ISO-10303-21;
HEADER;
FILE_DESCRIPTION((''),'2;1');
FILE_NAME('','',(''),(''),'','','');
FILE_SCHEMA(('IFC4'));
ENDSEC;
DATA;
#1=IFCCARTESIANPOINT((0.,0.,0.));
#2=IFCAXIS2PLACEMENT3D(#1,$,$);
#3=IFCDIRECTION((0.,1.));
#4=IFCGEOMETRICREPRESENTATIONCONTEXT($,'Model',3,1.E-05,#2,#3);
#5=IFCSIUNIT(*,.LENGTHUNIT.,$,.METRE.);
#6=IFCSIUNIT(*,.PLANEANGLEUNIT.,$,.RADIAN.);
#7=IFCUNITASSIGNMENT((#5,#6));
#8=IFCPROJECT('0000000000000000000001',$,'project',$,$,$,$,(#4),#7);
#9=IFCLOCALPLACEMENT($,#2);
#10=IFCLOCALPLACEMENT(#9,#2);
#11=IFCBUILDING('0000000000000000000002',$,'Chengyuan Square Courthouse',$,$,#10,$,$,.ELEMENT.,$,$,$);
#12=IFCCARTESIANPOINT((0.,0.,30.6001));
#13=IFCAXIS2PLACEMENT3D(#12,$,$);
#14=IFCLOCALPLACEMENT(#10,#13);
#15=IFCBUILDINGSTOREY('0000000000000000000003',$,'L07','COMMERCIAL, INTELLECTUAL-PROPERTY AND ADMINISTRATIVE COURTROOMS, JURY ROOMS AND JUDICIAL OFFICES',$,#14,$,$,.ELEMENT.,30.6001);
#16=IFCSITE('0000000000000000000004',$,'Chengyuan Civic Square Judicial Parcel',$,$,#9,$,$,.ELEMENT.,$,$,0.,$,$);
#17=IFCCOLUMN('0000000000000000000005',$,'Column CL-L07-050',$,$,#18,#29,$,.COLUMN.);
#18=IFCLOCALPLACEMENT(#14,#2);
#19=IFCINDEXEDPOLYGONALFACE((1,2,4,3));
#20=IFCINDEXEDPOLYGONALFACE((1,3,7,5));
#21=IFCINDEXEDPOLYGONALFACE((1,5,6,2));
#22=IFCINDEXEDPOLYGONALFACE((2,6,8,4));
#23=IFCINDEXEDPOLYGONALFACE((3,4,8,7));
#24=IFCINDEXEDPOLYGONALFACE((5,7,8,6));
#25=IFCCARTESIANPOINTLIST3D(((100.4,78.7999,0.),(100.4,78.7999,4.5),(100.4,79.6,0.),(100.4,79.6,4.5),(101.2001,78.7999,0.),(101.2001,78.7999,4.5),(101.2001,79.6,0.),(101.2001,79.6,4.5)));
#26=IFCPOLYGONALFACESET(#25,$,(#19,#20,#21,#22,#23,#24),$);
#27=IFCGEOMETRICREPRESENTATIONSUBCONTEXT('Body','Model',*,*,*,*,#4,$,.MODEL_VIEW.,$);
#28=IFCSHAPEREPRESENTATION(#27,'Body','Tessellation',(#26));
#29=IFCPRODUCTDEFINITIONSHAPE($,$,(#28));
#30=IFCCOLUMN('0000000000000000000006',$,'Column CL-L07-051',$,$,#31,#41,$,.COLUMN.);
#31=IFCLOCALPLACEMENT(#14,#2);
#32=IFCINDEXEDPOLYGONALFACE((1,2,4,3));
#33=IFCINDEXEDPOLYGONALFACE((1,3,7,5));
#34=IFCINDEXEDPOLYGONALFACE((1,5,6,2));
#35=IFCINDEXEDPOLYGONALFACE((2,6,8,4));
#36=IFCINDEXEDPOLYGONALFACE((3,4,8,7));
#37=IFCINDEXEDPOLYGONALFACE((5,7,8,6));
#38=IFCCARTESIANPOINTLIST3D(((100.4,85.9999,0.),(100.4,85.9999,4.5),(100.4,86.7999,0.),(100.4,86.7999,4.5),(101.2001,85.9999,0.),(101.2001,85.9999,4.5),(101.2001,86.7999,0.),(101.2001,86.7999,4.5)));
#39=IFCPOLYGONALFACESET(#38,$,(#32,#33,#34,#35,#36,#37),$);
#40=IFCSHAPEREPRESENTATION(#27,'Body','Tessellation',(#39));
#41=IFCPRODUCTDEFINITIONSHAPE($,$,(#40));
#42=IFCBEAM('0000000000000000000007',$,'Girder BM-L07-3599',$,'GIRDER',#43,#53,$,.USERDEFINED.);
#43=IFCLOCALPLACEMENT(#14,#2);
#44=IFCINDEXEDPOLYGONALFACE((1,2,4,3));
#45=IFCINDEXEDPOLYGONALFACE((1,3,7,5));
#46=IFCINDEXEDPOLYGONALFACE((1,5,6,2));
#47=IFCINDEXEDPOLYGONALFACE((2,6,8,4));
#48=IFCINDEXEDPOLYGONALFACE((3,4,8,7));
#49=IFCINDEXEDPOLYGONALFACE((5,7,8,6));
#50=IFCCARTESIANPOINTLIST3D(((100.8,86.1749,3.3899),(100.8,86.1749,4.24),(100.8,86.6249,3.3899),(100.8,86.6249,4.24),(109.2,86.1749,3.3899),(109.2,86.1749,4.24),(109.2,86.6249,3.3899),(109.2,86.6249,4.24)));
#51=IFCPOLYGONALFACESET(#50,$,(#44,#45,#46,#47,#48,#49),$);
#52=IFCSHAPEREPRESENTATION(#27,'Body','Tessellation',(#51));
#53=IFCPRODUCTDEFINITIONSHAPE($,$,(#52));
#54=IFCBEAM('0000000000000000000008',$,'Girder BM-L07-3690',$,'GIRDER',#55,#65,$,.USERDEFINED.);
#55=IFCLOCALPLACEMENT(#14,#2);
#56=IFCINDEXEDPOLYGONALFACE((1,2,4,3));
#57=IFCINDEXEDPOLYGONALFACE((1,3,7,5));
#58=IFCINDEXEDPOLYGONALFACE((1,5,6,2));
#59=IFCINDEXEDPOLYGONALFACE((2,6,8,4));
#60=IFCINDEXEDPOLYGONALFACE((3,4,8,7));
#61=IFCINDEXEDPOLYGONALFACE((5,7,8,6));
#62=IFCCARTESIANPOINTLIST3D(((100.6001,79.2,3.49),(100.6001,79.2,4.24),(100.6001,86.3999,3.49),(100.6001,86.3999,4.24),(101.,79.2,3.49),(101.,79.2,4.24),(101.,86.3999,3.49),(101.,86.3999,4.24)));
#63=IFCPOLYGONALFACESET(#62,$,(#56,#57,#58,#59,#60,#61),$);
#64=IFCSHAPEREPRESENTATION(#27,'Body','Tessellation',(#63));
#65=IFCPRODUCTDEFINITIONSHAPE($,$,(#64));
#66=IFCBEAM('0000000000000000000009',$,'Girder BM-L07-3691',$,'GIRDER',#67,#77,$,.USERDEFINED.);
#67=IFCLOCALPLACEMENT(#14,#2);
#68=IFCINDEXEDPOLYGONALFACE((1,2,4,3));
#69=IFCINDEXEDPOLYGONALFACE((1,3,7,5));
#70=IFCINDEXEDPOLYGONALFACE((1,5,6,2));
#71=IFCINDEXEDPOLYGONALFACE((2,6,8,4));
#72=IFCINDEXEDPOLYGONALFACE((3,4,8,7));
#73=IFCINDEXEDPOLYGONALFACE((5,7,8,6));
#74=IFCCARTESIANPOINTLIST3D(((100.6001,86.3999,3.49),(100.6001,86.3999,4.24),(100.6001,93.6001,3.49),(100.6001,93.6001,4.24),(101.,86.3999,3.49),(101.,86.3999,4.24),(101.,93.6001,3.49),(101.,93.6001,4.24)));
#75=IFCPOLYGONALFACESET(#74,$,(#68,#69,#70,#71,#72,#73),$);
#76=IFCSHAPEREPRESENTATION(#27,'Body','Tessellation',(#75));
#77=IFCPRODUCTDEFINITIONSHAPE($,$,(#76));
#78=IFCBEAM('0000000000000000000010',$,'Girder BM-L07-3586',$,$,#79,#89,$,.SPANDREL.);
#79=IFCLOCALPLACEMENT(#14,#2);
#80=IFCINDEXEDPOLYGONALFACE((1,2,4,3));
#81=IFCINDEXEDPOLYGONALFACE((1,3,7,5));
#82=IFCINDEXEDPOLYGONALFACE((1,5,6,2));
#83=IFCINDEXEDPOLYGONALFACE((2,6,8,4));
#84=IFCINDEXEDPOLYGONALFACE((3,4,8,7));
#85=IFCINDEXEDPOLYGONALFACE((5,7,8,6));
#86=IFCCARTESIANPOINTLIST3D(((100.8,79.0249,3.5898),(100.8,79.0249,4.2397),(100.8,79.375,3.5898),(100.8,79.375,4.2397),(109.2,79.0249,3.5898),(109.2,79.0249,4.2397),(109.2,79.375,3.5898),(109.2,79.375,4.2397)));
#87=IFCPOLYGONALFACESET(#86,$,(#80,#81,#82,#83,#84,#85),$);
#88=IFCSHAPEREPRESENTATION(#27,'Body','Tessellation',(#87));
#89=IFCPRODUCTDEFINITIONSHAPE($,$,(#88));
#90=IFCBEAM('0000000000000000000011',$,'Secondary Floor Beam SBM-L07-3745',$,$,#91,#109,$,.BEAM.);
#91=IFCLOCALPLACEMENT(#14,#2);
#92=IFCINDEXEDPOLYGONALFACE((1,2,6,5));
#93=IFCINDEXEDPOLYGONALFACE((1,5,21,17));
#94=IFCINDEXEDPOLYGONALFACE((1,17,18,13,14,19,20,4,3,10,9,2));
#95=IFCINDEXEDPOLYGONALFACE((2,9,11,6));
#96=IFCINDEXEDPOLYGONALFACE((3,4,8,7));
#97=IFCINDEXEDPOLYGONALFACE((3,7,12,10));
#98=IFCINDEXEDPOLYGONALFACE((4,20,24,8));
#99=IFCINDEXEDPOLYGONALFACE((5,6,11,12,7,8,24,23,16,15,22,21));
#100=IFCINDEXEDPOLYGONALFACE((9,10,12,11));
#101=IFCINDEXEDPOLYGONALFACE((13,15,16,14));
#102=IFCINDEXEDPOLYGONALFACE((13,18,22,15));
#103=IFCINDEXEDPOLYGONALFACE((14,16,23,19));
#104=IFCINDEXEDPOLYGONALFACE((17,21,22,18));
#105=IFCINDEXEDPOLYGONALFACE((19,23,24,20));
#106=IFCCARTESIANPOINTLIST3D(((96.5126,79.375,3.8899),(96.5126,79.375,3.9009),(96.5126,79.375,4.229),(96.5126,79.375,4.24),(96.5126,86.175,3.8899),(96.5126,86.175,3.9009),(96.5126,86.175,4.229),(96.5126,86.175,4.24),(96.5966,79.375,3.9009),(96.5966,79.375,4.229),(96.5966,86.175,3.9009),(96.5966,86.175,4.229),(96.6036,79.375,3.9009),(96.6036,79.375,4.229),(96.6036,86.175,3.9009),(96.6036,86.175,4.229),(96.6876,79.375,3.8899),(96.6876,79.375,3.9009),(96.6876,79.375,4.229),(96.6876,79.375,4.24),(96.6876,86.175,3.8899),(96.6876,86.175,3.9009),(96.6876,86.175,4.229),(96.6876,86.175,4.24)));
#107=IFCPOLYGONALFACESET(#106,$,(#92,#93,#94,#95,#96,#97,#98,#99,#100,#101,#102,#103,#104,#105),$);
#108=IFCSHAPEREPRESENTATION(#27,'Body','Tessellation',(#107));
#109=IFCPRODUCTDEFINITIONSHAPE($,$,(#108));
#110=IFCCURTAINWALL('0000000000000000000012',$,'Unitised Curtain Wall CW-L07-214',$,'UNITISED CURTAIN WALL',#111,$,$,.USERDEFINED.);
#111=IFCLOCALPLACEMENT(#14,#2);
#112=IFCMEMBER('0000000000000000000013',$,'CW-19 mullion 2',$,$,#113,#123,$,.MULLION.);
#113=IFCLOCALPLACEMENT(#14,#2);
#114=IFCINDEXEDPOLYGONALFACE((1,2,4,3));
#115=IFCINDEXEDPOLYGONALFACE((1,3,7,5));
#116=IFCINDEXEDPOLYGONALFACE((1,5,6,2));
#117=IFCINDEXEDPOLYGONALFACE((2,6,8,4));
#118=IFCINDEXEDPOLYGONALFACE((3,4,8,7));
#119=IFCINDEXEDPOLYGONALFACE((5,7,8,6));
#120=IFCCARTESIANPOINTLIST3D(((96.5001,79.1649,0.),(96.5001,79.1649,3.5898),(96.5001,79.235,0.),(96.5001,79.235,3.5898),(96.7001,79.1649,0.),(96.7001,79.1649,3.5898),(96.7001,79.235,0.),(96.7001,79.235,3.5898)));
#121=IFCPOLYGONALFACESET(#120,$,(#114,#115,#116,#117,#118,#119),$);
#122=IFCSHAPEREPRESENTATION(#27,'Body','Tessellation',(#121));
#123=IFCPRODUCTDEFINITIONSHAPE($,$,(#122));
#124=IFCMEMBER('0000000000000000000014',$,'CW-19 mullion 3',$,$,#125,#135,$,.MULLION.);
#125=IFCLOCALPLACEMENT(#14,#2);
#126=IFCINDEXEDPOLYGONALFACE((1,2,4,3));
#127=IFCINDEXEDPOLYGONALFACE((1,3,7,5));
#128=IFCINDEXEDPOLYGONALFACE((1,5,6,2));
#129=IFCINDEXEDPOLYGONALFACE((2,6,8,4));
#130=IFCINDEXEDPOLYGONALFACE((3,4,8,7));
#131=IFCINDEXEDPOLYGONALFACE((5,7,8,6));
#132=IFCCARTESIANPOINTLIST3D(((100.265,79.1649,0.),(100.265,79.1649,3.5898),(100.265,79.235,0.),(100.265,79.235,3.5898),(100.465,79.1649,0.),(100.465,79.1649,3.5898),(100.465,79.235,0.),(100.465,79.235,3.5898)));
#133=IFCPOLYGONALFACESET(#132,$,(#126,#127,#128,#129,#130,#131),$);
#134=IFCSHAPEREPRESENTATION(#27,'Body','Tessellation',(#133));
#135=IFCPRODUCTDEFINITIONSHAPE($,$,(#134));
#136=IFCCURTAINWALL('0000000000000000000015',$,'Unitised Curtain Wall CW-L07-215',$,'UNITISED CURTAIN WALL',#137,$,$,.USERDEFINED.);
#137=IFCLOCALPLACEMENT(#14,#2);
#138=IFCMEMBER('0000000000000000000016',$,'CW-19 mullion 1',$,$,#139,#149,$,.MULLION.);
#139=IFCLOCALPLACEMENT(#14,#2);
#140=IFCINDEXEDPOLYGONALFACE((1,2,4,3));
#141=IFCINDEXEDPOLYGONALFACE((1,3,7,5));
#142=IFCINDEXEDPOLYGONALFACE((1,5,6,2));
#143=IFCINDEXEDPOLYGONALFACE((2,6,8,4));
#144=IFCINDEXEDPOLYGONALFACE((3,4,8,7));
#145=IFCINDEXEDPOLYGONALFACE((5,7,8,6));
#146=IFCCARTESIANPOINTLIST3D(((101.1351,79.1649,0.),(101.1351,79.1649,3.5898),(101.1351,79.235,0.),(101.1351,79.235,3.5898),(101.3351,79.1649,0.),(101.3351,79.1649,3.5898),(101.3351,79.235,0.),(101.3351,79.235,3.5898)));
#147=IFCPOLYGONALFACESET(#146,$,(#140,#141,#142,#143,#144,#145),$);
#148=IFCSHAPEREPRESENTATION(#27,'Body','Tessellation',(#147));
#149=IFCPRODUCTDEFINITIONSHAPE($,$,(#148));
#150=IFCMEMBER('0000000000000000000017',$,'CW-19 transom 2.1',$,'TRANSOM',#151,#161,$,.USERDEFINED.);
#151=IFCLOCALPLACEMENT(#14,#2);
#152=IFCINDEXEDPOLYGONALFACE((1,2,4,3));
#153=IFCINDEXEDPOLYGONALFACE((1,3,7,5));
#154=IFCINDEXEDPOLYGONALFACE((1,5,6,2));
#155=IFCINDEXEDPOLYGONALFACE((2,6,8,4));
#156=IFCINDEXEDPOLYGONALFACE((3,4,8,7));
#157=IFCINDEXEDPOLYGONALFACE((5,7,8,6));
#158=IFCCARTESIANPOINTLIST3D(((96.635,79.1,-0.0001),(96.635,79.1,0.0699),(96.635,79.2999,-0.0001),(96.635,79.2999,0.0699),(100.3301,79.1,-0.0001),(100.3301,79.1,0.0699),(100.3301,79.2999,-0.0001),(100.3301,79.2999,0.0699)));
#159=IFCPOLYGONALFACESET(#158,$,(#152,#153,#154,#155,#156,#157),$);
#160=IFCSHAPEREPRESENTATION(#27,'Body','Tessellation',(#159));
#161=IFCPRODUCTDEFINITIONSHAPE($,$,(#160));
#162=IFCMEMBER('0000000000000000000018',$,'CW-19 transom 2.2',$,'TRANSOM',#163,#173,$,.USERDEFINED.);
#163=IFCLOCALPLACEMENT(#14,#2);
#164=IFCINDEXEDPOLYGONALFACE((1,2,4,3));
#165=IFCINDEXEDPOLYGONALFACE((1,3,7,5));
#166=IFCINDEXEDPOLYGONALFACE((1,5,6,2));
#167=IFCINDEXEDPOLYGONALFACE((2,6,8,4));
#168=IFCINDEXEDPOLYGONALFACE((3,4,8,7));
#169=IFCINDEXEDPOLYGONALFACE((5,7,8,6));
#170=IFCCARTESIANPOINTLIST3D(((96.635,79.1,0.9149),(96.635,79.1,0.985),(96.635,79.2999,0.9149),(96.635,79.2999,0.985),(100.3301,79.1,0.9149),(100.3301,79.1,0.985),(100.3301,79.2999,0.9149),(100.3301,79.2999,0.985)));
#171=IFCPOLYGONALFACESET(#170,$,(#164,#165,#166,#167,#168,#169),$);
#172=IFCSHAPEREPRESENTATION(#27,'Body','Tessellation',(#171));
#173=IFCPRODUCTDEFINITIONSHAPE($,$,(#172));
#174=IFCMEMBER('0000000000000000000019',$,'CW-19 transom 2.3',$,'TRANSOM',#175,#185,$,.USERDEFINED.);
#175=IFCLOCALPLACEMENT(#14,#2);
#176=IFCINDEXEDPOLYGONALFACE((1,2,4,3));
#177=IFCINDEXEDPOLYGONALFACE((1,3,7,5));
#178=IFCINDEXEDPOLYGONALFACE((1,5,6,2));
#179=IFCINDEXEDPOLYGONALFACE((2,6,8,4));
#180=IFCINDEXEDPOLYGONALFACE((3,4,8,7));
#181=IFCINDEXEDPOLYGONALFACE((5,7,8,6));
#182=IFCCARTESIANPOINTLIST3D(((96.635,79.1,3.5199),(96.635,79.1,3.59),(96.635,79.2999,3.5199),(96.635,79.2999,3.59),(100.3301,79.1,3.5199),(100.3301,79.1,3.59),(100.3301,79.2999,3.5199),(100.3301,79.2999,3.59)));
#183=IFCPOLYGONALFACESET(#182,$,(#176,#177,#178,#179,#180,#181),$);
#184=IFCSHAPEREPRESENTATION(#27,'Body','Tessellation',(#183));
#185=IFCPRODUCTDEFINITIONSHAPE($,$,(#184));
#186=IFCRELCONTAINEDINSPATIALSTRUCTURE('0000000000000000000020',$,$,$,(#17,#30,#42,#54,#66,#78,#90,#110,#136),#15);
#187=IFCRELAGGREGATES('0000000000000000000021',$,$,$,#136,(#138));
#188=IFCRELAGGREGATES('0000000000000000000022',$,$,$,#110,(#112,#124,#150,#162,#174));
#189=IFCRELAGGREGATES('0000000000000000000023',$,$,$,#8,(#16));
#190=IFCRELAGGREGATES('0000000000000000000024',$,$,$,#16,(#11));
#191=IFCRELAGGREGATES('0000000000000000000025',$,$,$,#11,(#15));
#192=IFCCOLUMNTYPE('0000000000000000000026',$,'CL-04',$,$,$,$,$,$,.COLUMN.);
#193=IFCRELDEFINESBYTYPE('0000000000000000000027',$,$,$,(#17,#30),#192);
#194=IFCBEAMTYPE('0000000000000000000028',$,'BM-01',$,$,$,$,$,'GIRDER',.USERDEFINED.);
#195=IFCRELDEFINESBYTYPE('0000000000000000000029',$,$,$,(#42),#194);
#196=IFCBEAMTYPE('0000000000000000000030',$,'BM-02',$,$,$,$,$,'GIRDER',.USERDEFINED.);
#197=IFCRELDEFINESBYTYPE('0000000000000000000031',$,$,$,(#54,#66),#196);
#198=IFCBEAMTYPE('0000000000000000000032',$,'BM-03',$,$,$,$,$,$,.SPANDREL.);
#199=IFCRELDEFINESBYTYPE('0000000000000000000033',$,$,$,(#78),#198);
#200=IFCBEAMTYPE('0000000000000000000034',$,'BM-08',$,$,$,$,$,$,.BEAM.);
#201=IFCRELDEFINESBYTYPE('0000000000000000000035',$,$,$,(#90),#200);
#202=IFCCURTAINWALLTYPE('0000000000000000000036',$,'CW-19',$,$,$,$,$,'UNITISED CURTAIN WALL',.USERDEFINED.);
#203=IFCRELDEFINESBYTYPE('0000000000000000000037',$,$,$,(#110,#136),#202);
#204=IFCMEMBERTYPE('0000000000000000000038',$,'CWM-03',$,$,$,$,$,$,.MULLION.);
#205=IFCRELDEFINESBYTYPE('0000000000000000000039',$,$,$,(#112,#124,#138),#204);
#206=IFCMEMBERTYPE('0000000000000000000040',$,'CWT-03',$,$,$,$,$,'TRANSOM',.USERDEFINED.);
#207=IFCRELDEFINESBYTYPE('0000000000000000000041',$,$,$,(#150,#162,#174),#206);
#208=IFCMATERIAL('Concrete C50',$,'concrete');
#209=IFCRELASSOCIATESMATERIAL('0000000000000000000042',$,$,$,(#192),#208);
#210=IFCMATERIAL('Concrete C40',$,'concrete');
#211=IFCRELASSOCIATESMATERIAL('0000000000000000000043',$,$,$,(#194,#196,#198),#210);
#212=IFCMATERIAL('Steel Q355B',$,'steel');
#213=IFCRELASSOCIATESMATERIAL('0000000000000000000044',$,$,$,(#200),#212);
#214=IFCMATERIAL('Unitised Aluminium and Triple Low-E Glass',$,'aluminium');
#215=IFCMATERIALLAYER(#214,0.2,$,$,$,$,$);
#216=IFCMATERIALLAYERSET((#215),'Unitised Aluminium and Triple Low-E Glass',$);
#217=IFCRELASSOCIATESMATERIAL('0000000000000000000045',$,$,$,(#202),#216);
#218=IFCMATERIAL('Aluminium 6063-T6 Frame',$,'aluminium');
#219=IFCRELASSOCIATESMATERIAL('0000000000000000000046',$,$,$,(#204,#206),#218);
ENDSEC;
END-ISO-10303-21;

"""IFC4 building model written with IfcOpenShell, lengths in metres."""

from ifc_helpers import new_model, si_unit, direction, frame, origin, origin_2d, place, context, subcontext, project, spatial, rectangle, i_section, extrude, material, layer, layer_set, material_profile, profile_set, type_object, element, aggregate, save


model = new_model("IFC4")

# Units and contexts
model_context = context("Model", 3, precision=1e-05, world=origin(), true_north=direction((0.0, 1.0)))
body_context = subcontext(model_context, "Body", "Model", "MODEL_VIEW")
ifc_project = project(units=[si_unit("LENGTHUNIT", "METRE"), si_unit("PLANEANGLEUNIT", "RADIAN")], contexts=[model_context])

# Site, building, storey
site_placement = place(None, origin())
site = spatial("IfcSite", under=ifc_project, at=site_placement, Name="Chengyuan Civic Square Judicial Parcel", CompositionType="ELEMENT", RefElevation=0.0)
building_placement = place(site_placement, origin())
building = spatial("IfcBuilding", under=site, at=building_placement, Name="Chengyuan Square Courthouse", CompositionType="ELEMENT")
storey_placement = place(building_placement, frame((0.0, 0.0, 30.6001)))
storey = spatial("IfcBuildingStorey", under=building, at=storey_placement, Name="L07", Description="COMMERCIAL, INTELLECTUAL-PROPERTY AND ADMINISTRATIVE COURTROOMS, JURY ROOMS AND JUDICIAL OFFICES", CompositionType="ELEMENT", Elevation=30.6001)

# Columns
ifc_material_1 = material(Name="Concrete C50", Category="concrete")
ifc_material_profile_1 = material_profile(ifc_material_1, rectangle(XDim=0.8, YDim=0.8, at=origin_2d()), Name="RC-COL-800x800")
ifc_profile_set_1 = profile_set([ifc_material_profile_1], Name="Concrete C50")
column_type = type_object("IfcColumnType", Name="CL-04", PredefinedType="COLUMN", material=ifc_profile_set_1)
for number, where, z_axis, x_axis, name in (
    (1, (100.8, 79.2, 0.0), (0.0, 0.0, 1.0), (1.0, 0.0, 0.0), "Column CL-L07-050"),
    (2, (100.8, 86.3999, 0.0), (0.0, 0.0, 1.0), (1.0, 0.0, 0.0), "Column CL-L07-051"),
):
    element("IfcColumn", number, at=place(storey_placement, frame(where, z_axis=z_axis, x_axis=x_axis)), inside=storey, type_object=column_type, Name=name, PredefinedType="COLUMN", context=body_context, shape_type="SweptSolid", body=[
        extrude(rectangle(XDim=0.8, YDim=0.8, at=origin_2d()), origin(), (0.0, 0.0, 1.0), 4.5),
    ])

# Beams
ifc_material_2 = material(Name="Concrete C40", Category="concrete")
ifc_material_profile_2 = material_profile(ifc_material_2, rectangle(XDim=0.45, YDim=0.8501, at=origin_2d()), Name="RC-BM-450x850")
ifc_profile_set_2 = profile_set([ifc_material_profile_2], Name="Concrete C40")
beam_type_1 = type_object("IfcBeamType", Name="BM-01", ElementType="GIRDER", PredefinedType="USERDEFINED", material=ifc_profile_set_2)
beam_1_placement = place(storey_placement, frame((100.8, 86.3999, 3.8149), z_axis=(1.0, 0.0, 0.0), x_axis=(0.0, 1.0, 0.0)))
element("IfcBeam", 3, at=beam_1_placement, inside=storey, type_object=beam_type_1, Name="Girder BM-L07-3599", ObjectType="GIRDER", PredefinedType="USERDEFINED", context=body_context, shape_type="SweptSolid", body=[
    extrude(rectangle(XDim=0.45, YDim=0.8501, at=origin_2d()), origin(), (0.0, 0.0, 1.0), 8.3999),
])
ifc_material_profile_3 = material_profile(ifc_material_2, rectangle(XDim=0.3999, YDim=0.75, at=origin_2d()), Name="RC-BM-400x750")
ifc_profile_set_3 = profile_set([ifc_material_profile_3], Name="Concrete C40")
beam_type_2 = type_object("IfcBeamType", Name="BM-02", ElementType="GIRDER", PredefinedType="USERDEFINED", material=ifc_profile_set_3)
beam_2_placement = place(storey_placement, frame((100.8, 79.2, 3.865), z_axis=(0.0, 1.0, 0.0), x_axis=(-1.0, 0.0, 0.0)))
element("IfcBeam", 4, at=beam_2_placement, inside=storey, type_object=beam_type_2, Name="Girder BM-L07-3690", ObjectType="GIRDER", PredefinedType="USERDEFINED", context=body_context, shape_type="SweptSolid", body=[
    extrude(rectangle(XDim=0.3999, YDim=0.75, at=origin_2d()), origin(), (0.0, 0.0, 1.0), 7.2),
])
beam_3_placement = place(storey_placement, frame((100.8, 86.3999, 3.865), z_axis=(0.0, 1.0, 0.0), x_axis=(-1.0, 0.0, 0.0)))
element("IfcBeam", 5, at=beam_3_placement, inside=storey, type_object=beam_type_2, Name="Girder BM-L07-3691", ObjectType="GIRDER", PredefinedType="USERDEFINED", context=body_context, shape_type="SweptSolid", body=[
    extrude(rectangle(XDim=0.3999, YDim=0.75, at=origin_2d()), origin(), (0.0, 0.0, 1.0), 7.2002),
])
ifc_material_profile_4 = material_profile(ifc_material_2, rectangle(XDim=0.3501, YDim=0.6499, at=origin_2d()), Name="RC-BM-350x650")
ifc_profile_set_4 = profile_set([ifc_material_profile_4], Name="Concrete C40")
beam_type_3 = type_object("IfcBeamType", Name="BM-03", PredefinedType="SPANDREL", material=ifc_profile_set_4)
beam_4_placement = place(storey_placement, frame((100.8, 79.2, 3.9148), z_axis=(1.0, 0.0, 0.0), x_axis=(0.0, 1.0, 0.0)))
element("IfcBeam", 6, at=beam_4_placement, inside=storey, type_object=beam_type_3, Name="Girder BM-L07-3586", PredefinedType="SPANDREL", context=body_context, shape_type="SweptSolid", body=[
    extrude(rectangle(XDim=0.3501, YDim=0.6499, at=origin_2d()), origin(), (0.0, 0.0, 1.0), 8.3999),
])
ifc_material_3 = material(Name="Steel Q355B", Category="steel")
ifc_material_profile_5 = material_profile(ifc_material_3, i_section(OverallWidth=0.175, OverallDepth=0.3501, WebThickness=0.0071, FlangeThickness=0.011, at=origin_2d()), Name="HN 350x175x7x11")
ifc_profile_set_5 = profile_set([ifc_material_profile_5], Name="Steel Q355B")
beam_type_4 = type_object("IfcBeamType", Name="BM-08", PredefinedType="BEAM", material=ifc_profile_set_5)
beam_5_placement = place(storey_placement, frame((96.6001, 79.375, 4.0649), z_axis=(0.0, 1.0, 0.0), x_axis=(-1.0, 0.0, 0.0)))
element("IfcBeam", 7, at=beam_5_placement, inside=storey, type_object=beam_type_4, Name="Secondary Floor Beam SBM-L07-3745", PredefinedType="BEAM", context=body_context, shape_type="SweptSolid", body=[
    extrude(i_section(OverallWidth=0.175, OverallDepth=0.3501, WebThickness=0.0071, FlangeThickness=0.011, at=origin_2d()), origin(), (0.0, 0.0, 1.0), 6.8),
])

# Curtain wall, members
ifc_material_4 = material(Name="Unitised Aluminium and Triple Low-E Glass", Category="aluminium")
ifc_layer_1 = layer(ifc_material_4, 0.2)
ifc_layer_set_1 = layer_set([ifc_layer_1], Name="Unitised Aluminium and Triple Low-E Glass")
curtain_wall_type = type_object("IfcCurtainWallType", Name="CW-19", ElementType="UNITISED CURTAIN WALL", PredefinedType="USERDEFINED", material=ifc_layer_set_1)
curtain_wall_1_placement = place(storey_placement, origin())
curtain_wall_1 = element("IfcCurtainWall", 8, at=curtain_wall_1_placement, inside=storey, type_object=curtain_wall_type, Name="Unitised Curtain Wall CW-L07-214", ObjectType="UNITISED CURTAIN WALL", PredefinedType="USERDEFINED")
ifc_material_5 = material(Name="Aluminium 6063-T6 Frame", Category="aluminium")
ifc_material_profile_6 = material_profile(ifc_material_5, rectangle(XDim=0.0701, YDim=0.2, at=origin_2d()), Name="CW-MUL-70x200")
ifc_profile_set_6 = profile_set([ifc_material_profile_6], Name="Aluminium 6063-T6 Frame")
member_type_1 = type_object("IfcMemberType", Name="CWM-03", PredefinedType="MULLION", material=ifc_profile_set_6)
member_1_placement = place(storey_placement, frame((96.6001, 79.2, 0.0), z_axis=(0.0, 0.0, 1.0), x_axis=(0.0, 1.0, 0.0)))
member_1 = element("IfcMember", 9, at=member_1_placement, type_object=member_type_1, Name="CW-19 mullion 2", PredefinedType="MULLION", context=body_context, shape_type="SweptSolid", body=[
    extrude(rectangle(XDim=0.0701, YDim=0.2, at=origin_2d()), origin(), (0.0, 0.0, 1.0), 3.5898),
])
member_2_placement = place(storey_placement, frame((100.365, 79.2, 0.0), z_axis=(0.0, 0.0, 1.0), x_axis=(0.0, 1.0, 0.0)))
member_2 = element("IfcMember", 10, at=member_2_placement, type_object=member_type_1, Name="CW-19 mullion 3", PredefinedType="MULLION", context=body_context, shape_type="SweptSolid", body=[
    extrude(rectangle(XDim=0.0701, YDim=0.2, at=origin_2d()), origin(), (0.0, 0.0, 1.0), 3.5898),
])

# Curtain wall, member
curtain_wall_2_placement = place(storey_placement, origin())
curtain_wall_2 = element("IfcCurtainWall", 11, at=curtain_wall_2_placement, inside=storey, type_object=curtain_wall_type, Name="Unitised Curtain Wall CW-L07-215", ObjectType="UNITISED CURTAIN WALL", PredefinedType="USERDEFINED")
member_3_placement = place(storey_placement, frame((101.2351, 79.2, 0.0), z_axis=(0.0, 0.0, 1.0), x_axis=(0.0, 1.0, 0.0)))
member_3 = element("IfcMember", 12, at=member_3_placement, type_object=member_type_1, Name="CW-19 mullion 1", PredefinedType="MULLION", context=body_context, shape_type="SweptSolid", body=[
    extrude(rectangle(XDim=0.0701, YDim=0.2, at=origin_2d()), origin(), (0.0, 0.0, 1.0), 3.5898),
])
aggregate(curtain_wall_2, [member_3])

# Members
ifc_material_profile_7 = material_profile(ifc_material_5, rectangle(XDim=0.2, YDim=0.0701, at=origin_2d()), Name="CW-TRN-70x160")
ifc_profile_set_7 = profile_set([ifc_material_profile_7], Name="Aluminium 6063-T6 Frame")
member_type_2 = type_object("IfcMemberType", Name="CWT-03", ElementType="TRANSOM", PredefinedType="USERDEFINED", material=ifc_profile_set_7)
member_4_placement = place(storey_placement, frame((96.635, 79.2, 0.0349), z_axis=(1.0, 0.0, 0.0), x_axis=(0.0, 1.0, 0.0)))
member_4 = element("IfcMember", 13, at=member_4_placement, type_object=member_type_2, Name="CW-19 transom 2.1", ObjectType="TRANSOM", PredefinedType="USERDEFINED", context=body_context, shape_type="SweptSolid", body=[
    extrude(rectangle(XDim=0.2, YDim=0.0701, at=origin_2d()), origin(), (0.0, 0.0, 1.0), 3.6951),
])
member_5_placement = place(storey_placement, frame((96.635, 79.2, 0.95), z_axis=(1.0, 0.0, 0.0), x_axis=(0.0, 1.0, 0.0)))
member_5 = element("IfcMember", 14, at=member_5_placement, type_object=member_type_2, Name="CW-19 transom 2.2", ObjectType="TRANSOM", PredefinedType="USERDEFINED", context=body_context, shape_type="SweptSolid", body=[
    extrude(rectangle(XDim=0.2, YDim=0.0701, at=origin_2d()), origin(), (0.0, 0.0, 1.0), 3.6951),
])
member_6_placement = place(storey_placement, frame((96.635, 79.2, 3.5549), z_axis=(1.0, 0.0, 0.0), x_axis=(0.0, 1.0, 0.0)))
member_6 = element("IfcMember", 15, at=member_6_placement, type_object=member_type_2, Name="CW-19 transom 2.3", ObjectType="TRANSOM", PredefinedType="USERDEFINED", context=body_context, shape_type="SweptSolid", body=[
    extrude(rectangle(XDim=0.2, YDim=0.0701, at=origin_2d()), origin(), (0.0, 0.0, 1.0), 3.6951),
])

aggregate(curtain_wall_1, [member_1, member_2, member_4, member_5, member_6])

save(model, "model.ifc")
